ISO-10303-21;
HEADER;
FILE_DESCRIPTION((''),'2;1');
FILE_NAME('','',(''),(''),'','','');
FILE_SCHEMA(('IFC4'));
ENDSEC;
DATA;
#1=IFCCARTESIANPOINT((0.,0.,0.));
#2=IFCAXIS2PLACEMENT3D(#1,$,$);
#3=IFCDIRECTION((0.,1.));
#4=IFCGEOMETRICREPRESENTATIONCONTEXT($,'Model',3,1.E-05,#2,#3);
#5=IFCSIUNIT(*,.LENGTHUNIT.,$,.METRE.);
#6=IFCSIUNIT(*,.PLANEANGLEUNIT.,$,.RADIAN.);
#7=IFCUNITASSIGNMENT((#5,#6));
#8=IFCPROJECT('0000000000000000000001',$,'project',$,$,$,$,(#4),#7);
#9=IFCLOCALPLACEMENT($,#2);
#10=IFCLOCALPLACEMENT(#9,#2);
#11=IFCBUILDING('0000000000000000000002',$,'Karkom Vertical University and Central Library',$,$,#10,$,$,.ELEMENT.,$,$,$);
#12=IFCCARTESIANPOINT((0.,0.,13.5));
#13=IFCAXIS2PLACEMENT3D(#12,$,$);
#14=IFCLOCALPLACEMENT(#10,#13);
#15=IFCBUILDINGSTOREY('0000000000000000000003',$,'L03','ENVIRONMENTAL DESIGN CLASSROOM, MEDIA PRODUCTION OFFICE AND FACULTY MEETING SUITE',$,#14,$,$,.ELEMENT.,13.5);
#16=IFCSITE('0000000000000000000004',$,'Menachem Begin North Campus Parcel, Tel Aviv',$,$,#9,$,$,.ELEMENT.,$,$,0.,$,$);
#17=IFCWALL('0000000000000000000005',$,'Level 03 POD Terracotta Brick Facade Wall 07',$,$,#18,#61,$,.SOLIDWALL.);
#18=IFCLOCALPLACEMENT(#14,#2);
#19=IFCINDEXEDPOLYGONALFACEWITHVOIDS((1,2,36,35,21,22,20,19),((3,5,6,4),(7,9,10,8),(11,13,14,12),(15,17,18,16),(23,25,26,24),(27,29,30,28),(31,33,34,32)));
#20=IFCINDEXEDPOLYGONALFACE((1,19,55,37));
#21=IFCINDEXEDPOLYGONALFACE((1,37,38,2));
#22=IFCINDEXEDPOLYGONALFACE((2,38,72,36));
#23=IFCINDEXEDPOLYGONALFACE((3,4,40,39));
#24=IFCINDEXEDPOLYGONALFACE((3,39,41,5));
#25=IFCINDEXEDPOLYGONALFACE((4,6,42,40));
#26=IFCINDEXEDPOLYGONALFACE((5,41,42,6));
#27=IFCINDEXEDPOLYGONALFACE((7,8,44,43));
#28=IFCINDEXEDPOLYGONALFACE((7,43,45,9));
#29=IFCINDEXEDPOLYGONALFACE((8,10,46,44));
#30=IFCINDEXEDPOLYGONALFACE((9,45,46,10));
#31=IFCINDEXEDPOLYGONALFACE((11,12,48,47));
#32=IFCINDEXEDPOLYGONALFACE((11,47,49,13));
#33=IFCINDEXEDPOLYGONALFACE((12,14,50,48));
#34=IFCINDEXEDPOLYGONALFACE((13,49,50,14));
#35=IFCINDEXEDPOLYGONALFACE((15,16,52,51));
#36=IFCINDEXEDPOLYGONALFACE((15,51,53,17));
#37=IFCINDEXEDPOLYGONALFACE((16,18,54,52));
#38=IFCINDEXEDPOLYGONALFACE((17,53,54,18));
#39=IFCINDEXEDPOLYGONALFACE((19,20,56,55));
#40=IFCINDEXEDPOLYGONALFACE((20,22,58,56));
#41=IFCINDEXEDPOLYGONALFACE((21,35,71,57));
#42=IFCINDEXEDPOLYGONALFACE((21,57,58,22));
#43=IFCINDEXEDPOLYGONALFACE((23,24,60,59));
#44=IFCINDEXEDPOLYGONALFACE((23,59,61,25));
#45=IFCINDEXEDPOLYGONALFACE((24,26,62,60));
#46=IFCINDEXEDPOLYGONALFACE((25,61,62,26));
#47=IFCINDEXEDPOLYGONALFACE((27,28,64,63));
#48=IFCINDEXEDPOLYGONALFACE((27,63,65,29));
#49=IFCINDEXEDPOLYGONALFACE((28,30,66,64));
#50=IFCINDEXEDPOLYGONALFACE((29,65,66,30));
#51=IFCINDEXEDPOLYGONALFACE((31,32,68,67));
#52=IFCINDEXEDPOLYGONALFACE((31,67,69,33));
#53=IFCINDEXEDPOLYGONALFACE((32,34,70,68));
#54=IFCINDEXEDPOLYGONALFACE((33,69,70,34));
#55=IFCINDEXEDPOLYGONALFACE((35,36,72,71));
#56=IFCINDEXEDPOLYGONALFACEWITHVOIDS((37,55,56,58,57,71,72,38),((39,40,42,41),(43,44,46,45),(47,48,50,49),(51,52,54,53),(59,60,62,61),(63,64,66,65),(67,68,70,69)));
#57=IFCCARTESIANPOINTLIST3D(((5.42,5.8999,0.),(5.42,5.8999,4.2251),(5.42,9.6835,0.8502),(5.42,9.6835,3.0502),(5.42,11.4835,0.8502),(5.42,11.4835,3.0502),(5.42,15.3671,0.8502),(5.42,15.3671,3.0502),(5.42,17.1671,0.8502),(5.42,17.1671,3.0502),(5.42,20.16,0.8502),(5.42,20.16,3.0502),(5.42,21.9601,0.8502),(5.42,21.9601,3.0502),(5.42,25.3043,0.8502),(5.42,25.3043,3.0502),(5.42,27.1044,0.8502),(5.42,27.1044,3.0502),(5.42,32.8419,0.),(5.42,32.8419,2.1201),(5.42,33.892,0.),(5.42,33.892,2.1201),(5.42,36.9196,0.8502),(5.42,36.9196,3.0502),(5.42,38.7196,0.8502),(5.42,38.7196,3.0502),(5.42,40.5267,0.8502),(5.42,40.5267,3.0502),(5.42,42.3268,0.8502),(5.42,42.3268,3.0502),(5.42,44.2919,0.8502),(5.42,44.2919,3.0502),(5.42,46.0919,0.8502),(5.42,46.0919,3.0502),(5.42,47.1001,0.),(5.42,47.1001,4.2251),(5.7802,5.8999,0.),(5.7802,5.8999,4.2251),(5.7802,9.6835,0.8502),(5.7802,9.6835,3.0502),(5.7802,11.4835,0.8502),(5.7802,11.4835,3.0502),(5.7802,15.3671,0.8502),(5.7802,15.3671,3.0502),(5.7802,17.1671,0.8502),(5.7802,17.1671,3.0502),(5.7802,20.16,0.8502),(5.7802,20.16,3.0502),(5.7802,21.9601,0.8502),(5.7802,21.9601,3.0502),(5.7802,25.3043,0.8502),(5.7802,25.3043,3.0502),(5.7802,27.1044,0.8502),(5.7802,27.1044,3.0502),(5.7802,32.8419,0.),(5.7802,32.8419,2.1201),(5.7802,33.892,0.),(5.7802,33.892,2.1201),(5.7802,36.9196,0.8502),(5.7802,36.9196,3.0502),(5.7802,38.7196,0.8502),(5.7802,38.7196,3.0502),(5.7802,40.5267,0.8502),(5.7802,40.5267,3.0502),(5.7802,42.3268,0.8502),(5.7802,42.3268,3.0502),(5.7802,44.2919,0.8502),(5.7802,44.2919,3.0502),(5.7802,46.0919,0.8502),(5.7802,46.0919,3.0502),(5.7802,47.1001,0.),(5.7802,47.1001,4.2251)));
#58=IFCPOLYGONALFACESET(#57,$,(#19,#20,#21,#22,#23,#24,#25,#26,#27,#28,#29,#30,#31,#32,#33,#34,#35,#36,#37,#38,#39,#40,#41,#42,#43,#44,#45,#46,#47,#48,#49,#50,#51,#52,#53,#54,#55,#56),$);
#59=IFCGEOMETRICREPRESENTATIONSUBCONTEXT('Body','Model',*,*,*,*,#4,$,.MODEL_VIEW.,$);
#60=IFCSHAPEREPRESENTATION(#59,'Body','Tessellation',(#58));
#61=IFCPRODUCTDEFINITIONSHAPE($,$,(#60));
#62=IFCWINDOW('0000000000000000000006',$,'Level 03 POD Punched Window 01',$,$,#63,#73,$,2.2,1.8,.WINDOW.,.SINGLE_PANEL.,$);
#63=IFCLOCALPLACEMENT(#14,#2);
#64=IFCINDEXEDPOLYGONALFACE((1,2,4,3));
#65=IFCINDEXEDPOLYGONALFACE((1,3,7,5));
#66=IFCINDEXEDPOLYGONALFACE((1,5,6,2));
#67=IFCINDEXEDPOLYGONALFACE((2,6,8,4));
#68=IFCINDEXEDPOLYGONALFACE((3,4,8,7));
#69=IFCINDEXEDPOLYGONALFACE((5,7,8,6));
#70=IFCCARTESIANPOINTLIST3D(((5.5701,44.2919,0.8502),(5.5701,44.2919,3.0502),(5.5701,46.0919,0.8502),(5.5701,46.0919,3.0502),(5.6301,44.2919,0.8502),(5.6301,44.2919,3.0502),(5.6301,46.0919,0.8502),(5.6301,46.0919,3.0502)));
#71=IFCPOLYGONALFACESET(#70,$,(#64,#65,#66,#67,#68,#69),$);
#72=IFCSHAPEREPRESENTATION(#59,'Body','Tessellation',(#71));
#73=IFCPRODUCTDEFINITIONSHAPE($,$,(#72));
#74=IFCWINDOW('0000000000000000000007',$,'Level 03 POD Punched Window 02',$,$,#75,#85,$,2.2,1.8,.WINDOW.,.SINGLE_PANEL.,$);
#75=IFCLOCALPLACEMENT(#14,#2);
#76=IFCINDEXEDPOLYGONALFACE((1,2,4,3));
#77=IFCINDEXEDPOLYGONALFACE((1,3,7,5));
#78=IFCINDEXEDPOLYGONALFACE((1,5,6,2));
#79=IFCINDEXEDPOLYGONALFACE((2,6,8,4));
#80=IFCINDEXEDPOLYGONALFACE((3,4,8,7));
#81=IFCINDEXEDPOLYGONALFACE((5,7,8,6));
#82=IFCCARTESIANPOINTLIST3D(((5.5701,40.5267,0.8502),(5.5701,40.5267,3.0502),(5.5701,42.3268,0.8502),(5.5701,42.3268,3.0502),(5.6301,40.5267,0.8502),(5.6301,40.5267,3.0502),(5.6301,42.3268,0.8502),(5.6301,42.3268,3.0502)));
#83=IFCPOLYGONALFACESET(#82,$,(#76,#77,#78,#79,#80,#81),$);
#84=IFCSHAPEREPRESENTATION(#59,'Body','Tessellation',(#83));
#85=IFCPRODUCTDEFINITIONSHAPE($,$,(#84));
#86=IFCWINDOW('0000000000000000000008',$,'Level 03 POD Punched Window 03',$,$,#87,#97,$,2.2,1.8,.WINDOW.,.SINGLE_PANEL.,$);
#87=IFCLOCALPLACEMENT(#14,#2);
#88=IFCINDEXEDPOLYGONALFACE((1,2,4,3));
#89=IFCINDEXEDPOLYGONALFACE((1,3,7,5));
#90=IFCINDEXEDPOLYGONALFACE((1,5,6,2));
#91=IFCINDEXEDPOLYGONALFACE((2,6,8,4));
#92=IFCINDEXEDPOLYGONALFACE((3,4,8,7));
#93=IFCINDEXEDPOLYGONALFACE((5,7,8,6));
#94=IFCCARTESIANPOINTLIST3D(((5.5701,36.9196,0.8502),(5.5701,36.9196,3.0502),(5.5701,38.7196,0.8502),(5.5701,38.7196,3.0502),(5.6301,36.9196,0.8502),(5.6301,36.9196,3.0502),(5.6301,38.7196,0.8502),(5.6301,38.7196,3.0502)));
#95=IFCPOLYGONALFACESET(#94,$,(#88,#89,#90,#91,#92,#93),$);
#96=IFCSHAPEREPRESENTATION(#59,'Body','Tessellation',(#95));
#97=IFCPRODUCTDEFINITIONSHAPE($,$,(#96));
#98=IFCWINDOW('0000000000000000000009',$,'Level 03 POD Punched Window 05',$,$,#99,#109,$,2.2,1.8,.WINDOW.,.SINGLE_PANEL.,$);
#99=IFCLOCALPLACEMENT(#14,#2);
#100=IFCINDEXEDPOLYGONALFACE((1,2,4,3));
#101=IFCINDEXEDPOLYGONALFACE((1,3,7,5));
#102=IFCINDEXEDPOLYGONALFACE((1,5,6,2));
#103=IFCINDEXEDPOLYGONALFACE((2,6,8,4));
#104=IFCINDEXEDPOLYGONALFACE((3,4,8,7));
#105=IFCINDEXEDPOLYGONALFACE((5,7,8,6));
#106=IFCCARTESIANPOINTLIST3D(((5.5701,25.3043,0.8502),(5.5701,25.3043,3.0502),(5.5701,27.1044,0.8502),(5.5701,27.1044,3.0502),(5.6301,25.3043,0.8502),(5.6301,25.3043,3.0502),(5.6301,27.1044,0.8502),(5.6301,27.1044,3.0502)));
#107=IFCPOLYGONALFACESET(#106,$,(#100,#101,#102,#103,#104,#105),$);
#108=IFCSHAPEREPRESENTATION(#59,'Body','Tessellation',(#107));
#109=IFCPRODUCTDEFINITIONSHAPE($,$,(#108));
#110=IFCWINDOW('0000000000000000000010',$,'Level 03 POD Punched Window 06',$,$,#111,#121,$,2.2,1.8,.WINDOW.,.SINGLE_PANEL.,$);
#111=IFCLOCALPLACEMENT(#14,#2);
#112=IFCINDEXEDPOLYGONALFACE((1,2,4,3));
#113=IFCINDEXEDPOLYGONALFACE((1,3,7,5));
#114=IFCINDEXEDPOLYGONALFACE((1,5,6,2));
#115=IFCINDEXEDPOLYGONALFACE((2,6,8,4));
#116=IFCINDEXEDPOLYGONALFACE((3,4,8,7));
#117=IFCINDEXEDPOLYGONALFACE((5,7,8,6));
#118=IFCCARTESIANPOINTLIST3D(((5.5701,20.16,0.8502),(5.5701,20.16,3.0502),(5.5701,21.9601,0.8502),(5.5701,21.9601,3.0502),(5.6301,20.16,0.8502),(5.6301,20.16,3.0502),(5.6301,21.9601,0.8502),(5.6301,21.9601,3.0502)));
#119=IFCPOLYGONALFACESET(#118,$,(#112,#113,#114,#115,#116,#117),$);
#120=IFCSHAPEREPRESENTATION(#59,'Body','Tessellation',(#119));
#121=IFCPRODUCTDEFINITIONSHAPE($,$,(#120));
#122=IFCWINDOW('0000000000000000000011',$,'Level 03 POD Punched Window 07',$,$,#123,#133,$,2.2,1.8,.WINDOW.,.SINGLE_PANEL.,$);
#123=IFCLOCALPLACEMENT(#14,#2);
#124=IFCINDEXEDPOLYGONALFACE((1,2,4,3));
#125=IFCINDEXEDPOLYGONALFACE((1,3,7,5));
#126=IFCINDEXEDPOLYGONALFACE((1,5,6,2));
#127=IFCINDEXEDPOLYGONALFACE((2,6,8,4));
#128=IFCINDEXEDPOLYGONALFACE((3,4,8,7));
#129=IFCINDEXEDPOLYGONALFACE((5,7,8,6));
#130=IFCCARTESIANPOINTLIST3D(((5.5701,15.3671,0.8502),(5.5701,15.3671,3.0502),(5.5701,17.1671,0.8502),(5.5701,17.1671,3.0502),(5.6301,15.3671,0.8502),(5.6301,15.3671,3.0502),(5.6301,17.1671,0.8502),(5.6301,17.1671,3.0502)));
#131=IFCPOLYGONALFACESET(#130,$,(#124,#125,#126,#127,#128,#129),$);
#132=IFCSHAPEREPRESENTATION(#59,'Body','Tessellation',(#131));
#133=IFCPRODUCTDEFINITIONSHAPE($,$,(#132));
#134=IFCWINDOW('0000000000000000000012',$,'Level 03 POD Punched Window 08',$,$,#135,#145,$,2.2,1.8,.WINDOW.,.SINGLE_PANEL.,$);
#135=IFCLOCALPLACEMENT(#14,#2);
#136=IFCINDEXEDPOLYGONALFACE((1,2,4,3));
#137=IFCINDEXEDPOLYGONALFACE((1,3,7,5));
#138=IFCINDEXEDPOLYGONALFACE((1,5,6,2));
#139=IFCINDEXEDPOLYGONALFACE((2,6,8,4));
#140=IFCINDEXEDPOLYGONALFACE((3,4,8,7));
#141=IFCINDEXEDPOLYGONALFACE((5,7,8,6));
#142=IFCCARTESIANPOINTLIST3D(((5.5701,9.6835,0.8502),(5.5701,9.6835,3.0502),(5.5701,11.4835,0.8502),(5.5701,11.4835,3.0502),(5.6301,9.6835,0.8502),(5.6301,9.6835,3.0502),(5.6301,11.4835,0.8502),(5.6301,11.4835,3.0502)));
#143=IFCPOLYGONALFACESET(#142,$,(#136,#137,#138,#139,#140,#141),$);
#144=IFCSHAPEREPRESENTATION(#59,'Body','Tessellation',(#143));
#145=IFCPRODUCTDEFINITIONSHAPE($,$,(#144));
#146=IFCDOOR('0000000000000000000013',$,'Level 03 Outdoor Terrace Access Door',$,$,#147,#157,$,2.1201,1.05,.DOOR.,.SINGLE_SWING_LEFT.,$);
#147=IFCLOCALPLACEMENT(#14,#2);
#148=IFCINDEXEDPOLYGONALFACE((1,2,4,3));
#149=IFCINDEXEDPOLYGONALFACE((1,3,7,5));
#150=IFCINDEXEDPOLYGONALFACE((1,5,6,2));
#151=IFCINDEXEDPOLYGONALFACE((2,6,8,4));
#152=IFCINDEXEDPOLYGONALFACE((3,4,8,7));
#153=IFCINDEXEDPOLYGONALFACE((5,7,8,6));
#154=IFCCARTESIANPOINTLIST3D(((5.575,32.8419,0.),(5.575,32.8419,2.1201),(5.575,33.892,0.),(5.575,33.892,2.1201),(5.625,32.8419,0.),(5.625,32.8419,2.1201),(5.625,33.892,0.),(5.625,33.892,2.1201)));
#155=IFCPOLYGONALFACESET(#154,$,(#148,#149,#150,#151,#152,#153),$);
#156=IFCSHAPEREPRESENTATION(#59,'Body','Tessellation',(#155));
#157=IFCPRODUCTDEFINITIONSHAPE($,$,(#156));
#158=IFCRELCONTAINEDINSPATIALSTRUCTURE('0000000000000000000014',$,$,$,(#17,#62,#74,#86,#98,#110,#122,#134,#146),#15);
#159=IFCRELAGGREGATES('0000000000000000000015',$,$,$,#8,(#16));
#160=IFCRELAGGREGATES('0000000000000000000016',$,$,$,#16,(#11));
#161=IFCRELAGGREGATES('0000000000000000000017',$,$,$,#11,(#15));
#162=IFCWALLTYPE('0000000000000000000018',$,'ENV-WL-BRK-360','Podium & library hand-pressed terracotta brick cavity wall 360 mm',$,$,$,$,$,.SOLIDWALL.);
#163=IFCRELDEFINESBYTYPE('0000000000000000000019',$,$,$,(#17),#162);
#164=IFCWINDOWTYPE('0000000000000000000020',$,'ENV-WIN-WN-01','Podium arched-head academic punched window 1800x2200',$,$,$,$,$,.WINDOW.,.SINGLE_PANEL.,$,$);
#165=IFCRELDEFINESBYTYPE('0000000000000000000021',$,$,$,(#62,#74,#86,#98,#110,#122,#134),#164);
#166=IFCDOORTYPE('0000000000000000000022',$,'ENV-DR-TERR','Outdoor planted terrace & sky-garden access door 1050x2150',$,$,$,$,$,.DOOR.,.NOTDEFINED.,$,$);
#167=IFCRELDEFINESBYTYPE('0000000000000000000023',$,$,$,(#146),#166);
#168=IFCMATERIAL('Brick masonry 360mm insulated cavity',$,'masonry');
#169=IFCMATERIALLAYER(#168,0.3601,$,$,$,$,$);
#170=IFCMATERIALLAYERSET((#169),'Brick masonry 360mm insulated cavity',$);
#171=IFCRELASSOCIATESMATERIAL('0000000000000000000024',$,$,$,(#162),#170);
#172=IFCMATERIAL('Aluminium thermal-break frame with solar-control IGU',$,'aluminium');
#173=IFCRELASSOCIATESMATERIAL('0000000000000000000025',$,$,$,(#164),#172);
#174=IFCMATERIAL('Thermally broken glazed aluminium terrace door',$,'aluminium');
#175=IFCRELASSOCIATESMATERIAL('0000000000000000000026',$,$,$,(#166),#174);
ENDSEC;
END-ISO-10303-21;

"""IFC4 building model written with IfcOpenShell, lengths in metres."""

from ifc_helpers import new_model, si_unit, direction, frame, frame_2d, origin, origin_with_axes, place, context, subcontext, project, spatial, rectangle, extrude, source, transform, mapped, material, layer, layer_set, type_object, element, fill, save


model = new_model("IFC4")

# Units and contexts
model_context = context("Model", 3, precision=1e-05, world=origin(), true_north=direction((0.0, 1.0)))
body_context = subcontext(model_context, "Body", "Model", "MODEL_VIEW")
ifc_project = project(units=[si_unit("LENGTHUNIT", "METRE"), si_unit("PLANEANGLEUNIT", "RADIAN")], contexts=[model_context])

# Site, building, storey
site_placement = place(None, origin())
site = spatial("IfcSite", under=ifc_project, at=site_placement, Name="Menachem Begin North Campus Parcel, Tel Aviv", CompositionType="ELEMENT", RefElevation=0.0)
building_placement = place(site_placement, origin())
building = spatial("IfcBuilding", under=site, at=building_placement, Name="Karkom Vertical University and Central Library", CompositionType="ELEMENT")
storey_placement = place(building_placement, frame((0.0, 0.0, 13.5)))
storey = spatial("IfcBuildingStorey", under=building, at=storey_placement, Name="L03", Description="ENVIRONMENTAL DESIGN CLASSROOM, MEDIA PRODUCTION OFFICE AND FACULTY MEETING SUITE", CompositionType="ELEMENT", Elevation=13.5)

# Shared definitions
ifc_material_1 = material(Name="Brick masonry 360mm insulated cavity", Category="masonry")
ifc_layer_1 = layer(ifc_material_1, 0.3601)
ifc_layer_set_1 = layer_set([ifc_layer_1], Name="Brick masonry 360mm insulated cavity")
wall_type_1 = type_object("IfcWallType", Name="ENV-WL-BRK-360", Description="Podium & library hand-pressed terracotta brick cavity wall 360 mm", PredefinedType="SOLIDWALL", material=ifc_layer_set_1)

# Wall, openings, windows, door
wall_1_placement = place(storey_placement, frame((5.6001, 47.1001, 0.0), z_axis=(0.0, 0.0, 1.0), x_axis=(0.0, -1.0, 0.0)))
wall_1 = element("IfcWall", 1, at=wall_1_placement, inside=storey, type_object=wall_type_1, Name="Level 03 POD Terracotta Brick Facade Wall 07", PredefinedType="SOLIDWALL", context=body_context, shape_type="SweptSolid", body=[
    extrude(rectangle(XDim=41.2002, YDim=0.3601, at=frame_2d((20.6001, 0.0))), origin(), (0.0, 0.0, 1.0), 4.2251),
])
opening_1_placement = place(wall_1_placement, frame((1.0083, 0.0, 0.8501)))
opening_1 = element("IfcOpeningElement", 2, at=opening_1_placement, cuts=wall_1, PredefinedType="OPENING", context=body_context, shape_type="SweptSolid", body=[
    extrude(rectangle(XDim=1.8, YDim=2.2, at=frame_2d((0.8999, 1.1001))), frame((0.0, 0.1899, 0.0), z_axis=(0.0, -1.0, 0.0), x_axis=(1.0, 0.0, 0.0)), (0.0, 0.0, 1.0), 0.3801),
])
opening_2_placement = place(wall_1_placement, frame((4.7734, 0.0, 0.8501)))
opening_2 = element("IfcOpeningElement", 3, at=opening_2_placement, cuts=wall_1, PredefinedType="OPENING", context=body_context, shape_type="SweptSolid", body=[
    extrude(rectangle(XDim=1.8, YDim=2.2, at=frame_2d((0.8999, 1.1001))), frame((0.0, 0.1899, 0.0), z_axis=(0.0, -1.0, 0.0), x_axis=(1.0, 0.0, 0.0)), (0.0, 0.0, 1.0), 0.3801),
])
opening_3_placement = place(wall_1_placement, frame((8.3806, 0.0, 0.8501)))
opening_3 = element("IfcOpeningElement", 4, at=opening_3_placement, cuts=wall_1, PredefinedType="OPENING", context=body_context, shape_type="SweptSolid", body=[
    extrude(rectangle(XDim=1.8, YDim=2.2, at=frame_2d((0.8999, 1.1001))), frame((0.0, 0.1899, 0.0), z_axis=(0.0, -1.0, 0.0), x_axis=(1.0, 0.0, 0.0)), (0.0, 0.0, 1.0), 0.3801),
])
opening_4_placement = place(wall_1_placement, frame((19.9958, 0.0, 0.8501)))
opening_4 = element("IfcOpeningElement", 5, at=opening_4_placement, cuts=wall_1, PredefinedType="OPENING", context=body_context, shape_type="SweptSolid", body=[
    extrude(rectangle(XDim=1.8, YDim=2.2, at=frame_2d((0.8999, 1.1001))), frame((0.0, 0.1899, 0.0), z_axis=(0.0, -1.0, 0.0), x_axis=(1.0, 0.0, 0.0)), (0.0, 0.0, 1.0), 0.3801),
])
opening_5_placement = place(wall_1_placement, frame((25.1401, 0.0, 0.8501)))
opening_5 = element("IfcOpeningElement", 6, at=opening_5_placement, cuts=wall_1, PredefinedType="OPENING", context=body_context, shape_type="SweptSolid", body=[
    extrude(rectangle(XDim=1.8, YDim=2.2, at=frame_2d((0.8999, 1.1001))), frame((0.0, 0.1899, 0.0), z_axis=(0.0, -1.0, 0.0), x_axis=(1.0, 0.0, 0.0)), (0.0, 0.0, 1.0), 0.3801),
])
opening_6_placement = place(wall_1_placement, frame((29.9331, 0.0, 0.8501)))
opening_6 = element("IfcOpeningElement", 7, at=opening_6_placement, cuts=wall_1, PredefinedType="OPENING", context=body_context, shape_type="SweptSolid", body=[
    extrude(rectangle(XDim=1.8, YDim=2.2, at=frame_2d((0.8999, 1.1001))), frame((0.0, 0.1899, 0.0), z_axis=(0.0, -1.0, 0.0), x_axis=(1.0, 0.0, 0.0)), (0.0, 0.0, 1.0), 0.3801),
])
opening_7_placement = place(wall_1_placement, frame((35.6167, 0.0, 0.8501)))
opening_7 = element("IfcOpeningElement", 8, at=opening_7_placement, cuts=wall_1, PredefinedType="OPENING", context=body_context, shape_type="SweptSolid", body=[
    extrude(rectangle(XDim=1.8, YDim=2.2, at=frame_2d((0.8999, 1.1001))), frame((0.0, 0.1899, 0.0), z_axis=(0.0, -1.0, 0.0), x_axis=(1.0, 0.0, 0.0)), (0.0, 0.0, 1.0), 0.3801),
])
opening_8_placement = place(wall_1_placement, frame((13.2083, 0.0, 0.0)))
opening_8 = element("IfcOpeningElement", 9, at=opening_8_placement, cuts=wall_1, PredefinedType="OPENING", context=body_context, shape_type="SweptSolid", body=[
    extrude(rectangle(XDim=1.05, YDim=2.1201, at=frame_2d((0.5249, 1.0601))), frame((0.0, 0.1899, 0.0), z_axis=(0.0, -1.0, 0.0), x_axis=(1.0, 0.0, 0.0)), (0.0, 0.0, 1.0), 0.3801),
])
ifc_material_2 = material(Name="Aluminium thermal-break frame with solar-control IGU", Category="aluminium")
window_type = type_object("IfcWindowType", Name="ENV-WIN-WN-01", Description="Podium arched-head academic punched window 1800x2200", PartitioningType="SINGLE_PANEL", PredefinedType="WINDOW", material=ifc_material_2)
shared_shape_1 = source(origin_with_axes(), body_context, "Body", "SweptSolid", [
    extrude(rectangle(XDim=1.8, YDim=2.2, at=frame_2d((0.8999, 1.1001))), frame((0.0, 0.03, 0.0), z_axis=(0.0, -1.0, 0.0), x_axis=(1.0, 0.0, 0.0)), (0.0, 0.0, 1.0), 0.0601),
])
window_1_placement = place(opening_1_placement, origin())
window_1 = element("IfcWindow", 10, at=window_1_placement, inside=storey, type_object=window_type, Name="Level 03 POD Punched Window 01", OverallHeight=2.2, OverallWidth=1.8, PartitioningType="SINGLE_PANEL", PredefinedType="WINDOW", context=body_context, shape_type="MappedRepresentation", body=[
    mapped(shared_shape_1, transform((0.0, 0.0, 0.0), scale=1.0)),
])
fill(opening_1, window_1)
window_2_placement = place(opening_2_placement, origin())
window_2 = element("IfcWindow", 11, at=window_2_placement, inside=storey, type_object=window_type, Name="Level 03 POD Punched Window 02", OverallHeight=2.2, OverallWidth=1.8, PartitioningType="SINGLE_PANEL", PredefinedType="WINDOW", context=body_context, shape_type="MappedRepresentation", body=[
    mapped(shared_shape_1, transform((0.0, 0.0, 0.0), scale=1.0)),
])
fill(opening_2, window_2)
window_3_placement = place(opening_3_placement, origin())
window_3 = element("IfcWindow", 12, at=window_3_placement, inside=storey, type_object=window_type, Name="Level 03 POD Punched Window 03", OverallHeight=2.2, OverallWidth=1.8, PartitioningType="SINGLE_PANEL", PredefinedType="WINDOW", context=body_context, shape_type="MappedRepresentation", body=[
    mapped(shared_shape_1, transform((0.0, 0.0, 0.0), scale=1.0)),
])
fill(opening_3, window_3)
window_4_placement = place(opening_4_placement, origin())
window_4 = element("IfcWindow", 13, at=window_4_placement, inside=storey, type_object=window_type, Name="Level 03 POD Punched Window 05", OverallHeight=2.2, OverallWidth=1.8, PartitioningType="SINGLE_PANEL", PredefinedType="WINDOW", context=body_context, shape_type="MappedRepresentation", body=[
    mapped(shared_shape_1, transform((0.0, 0.0, 0.0), scale=1.0)),
])
fill(opening_4, window_4)
window_5_placement = place(opening_5_placement, origin())
window_5 = element("IfcWindow", 14, at=window_5_placement, inside=storey, type_object=window_type, Name="Level 03 POD Punched Window 06", OverallHeight=2.2, OverallWidth=1.8, PartitioningType="SINGLE_PANEL", PredefinedType="WINDOW", context=body_context, shape_type="MappedRepresentation", body=[
    mapped(shared_shape_1, transform((0.0, 0.0, 0.0), scale=1.0)),
])
fill(opening_5, window_5)
window_6_placement = place(opening_6_placement, origin())
window_6 = element("IfcWindow", 15, at=window_6_placement, inside=storey, type_object=window_type, Name="Level 03 POD Punched Window 07", OverallHeight=2.2, OverallWidth=1.8, PartitioningType="SINGLE_PANEL", PredefinedType="WINDOW", context=body_context, shape_type="MappedRepresentation", body=[
    mapped(shared_shape_1, transform((0.0, 0.0, 0.0), scale=1.0)),
])
fill(opening_6, window_6)
window_7_placement = place(opening_7_placement, origin())
window_7 = element("IfcWindow", 16, at=window_7_placement, inside=storey, type_object=window_type, Name="Level 03 POD Punched Window 08", OverallHeight=2.2, OverallWidth=1.8, PartitioningType="SINGLE_PANEL", PredefinedType="WINDOW", context=body_context, shape_type="MappedRepresentation", body=[
    mapped(shared_shape_1, transform((0.0, 0.0, 0.0), scale=1.0)),
])
fill(opening_7, window_7)
ifc_material_3 = material(Name="Thermally broken glazed aluminium terrace door", Category="aluminium")
door_type_1 = type_object("IfcDoorType", Name="ENV-DR-TERR", Description="Outdoor planted terrace & sky-garden access door 1050x2150", OperationType="NOTDEFINED", PredefinedType="DOOR", material=ifc_material_3)
shared_shape_2 = source(origin_with_axes(), body_context, "Body", "SweptSolid", [
    extrude(rectangle(XDim=1.05, YDim=2.1201, at=frame_2d((0.5249, 1.0601))), frame((0.0, 0.0249, 0.0), z_axis=(0.0, -1.0, 0.0), x_axis=(1.0, 0.0, 0.0)), (0.0, 0.0, 1.0), 0.05),
])
door_1_placement = place(opening_8_placement, origin())
door_1 = element("IfcDoor", 17, at=door_1_placement, inside=storey, type_object=door_type_1, Name="Level 03 Outdoor Terrace Access Door", OperationType="SINGLE_SWING_LEFT", OverallHeight=2.1201, OverallWidth=1.05, PredefinedType="DOOR", context=body_context, shape_type="MappedRepresentation", body=[
    mapped(shared_shape_2, transform((0.0, 0.0, 0.0), scale=1.0)),
])
fill(opening_8, door_1)

save(model, "model.ifc")
